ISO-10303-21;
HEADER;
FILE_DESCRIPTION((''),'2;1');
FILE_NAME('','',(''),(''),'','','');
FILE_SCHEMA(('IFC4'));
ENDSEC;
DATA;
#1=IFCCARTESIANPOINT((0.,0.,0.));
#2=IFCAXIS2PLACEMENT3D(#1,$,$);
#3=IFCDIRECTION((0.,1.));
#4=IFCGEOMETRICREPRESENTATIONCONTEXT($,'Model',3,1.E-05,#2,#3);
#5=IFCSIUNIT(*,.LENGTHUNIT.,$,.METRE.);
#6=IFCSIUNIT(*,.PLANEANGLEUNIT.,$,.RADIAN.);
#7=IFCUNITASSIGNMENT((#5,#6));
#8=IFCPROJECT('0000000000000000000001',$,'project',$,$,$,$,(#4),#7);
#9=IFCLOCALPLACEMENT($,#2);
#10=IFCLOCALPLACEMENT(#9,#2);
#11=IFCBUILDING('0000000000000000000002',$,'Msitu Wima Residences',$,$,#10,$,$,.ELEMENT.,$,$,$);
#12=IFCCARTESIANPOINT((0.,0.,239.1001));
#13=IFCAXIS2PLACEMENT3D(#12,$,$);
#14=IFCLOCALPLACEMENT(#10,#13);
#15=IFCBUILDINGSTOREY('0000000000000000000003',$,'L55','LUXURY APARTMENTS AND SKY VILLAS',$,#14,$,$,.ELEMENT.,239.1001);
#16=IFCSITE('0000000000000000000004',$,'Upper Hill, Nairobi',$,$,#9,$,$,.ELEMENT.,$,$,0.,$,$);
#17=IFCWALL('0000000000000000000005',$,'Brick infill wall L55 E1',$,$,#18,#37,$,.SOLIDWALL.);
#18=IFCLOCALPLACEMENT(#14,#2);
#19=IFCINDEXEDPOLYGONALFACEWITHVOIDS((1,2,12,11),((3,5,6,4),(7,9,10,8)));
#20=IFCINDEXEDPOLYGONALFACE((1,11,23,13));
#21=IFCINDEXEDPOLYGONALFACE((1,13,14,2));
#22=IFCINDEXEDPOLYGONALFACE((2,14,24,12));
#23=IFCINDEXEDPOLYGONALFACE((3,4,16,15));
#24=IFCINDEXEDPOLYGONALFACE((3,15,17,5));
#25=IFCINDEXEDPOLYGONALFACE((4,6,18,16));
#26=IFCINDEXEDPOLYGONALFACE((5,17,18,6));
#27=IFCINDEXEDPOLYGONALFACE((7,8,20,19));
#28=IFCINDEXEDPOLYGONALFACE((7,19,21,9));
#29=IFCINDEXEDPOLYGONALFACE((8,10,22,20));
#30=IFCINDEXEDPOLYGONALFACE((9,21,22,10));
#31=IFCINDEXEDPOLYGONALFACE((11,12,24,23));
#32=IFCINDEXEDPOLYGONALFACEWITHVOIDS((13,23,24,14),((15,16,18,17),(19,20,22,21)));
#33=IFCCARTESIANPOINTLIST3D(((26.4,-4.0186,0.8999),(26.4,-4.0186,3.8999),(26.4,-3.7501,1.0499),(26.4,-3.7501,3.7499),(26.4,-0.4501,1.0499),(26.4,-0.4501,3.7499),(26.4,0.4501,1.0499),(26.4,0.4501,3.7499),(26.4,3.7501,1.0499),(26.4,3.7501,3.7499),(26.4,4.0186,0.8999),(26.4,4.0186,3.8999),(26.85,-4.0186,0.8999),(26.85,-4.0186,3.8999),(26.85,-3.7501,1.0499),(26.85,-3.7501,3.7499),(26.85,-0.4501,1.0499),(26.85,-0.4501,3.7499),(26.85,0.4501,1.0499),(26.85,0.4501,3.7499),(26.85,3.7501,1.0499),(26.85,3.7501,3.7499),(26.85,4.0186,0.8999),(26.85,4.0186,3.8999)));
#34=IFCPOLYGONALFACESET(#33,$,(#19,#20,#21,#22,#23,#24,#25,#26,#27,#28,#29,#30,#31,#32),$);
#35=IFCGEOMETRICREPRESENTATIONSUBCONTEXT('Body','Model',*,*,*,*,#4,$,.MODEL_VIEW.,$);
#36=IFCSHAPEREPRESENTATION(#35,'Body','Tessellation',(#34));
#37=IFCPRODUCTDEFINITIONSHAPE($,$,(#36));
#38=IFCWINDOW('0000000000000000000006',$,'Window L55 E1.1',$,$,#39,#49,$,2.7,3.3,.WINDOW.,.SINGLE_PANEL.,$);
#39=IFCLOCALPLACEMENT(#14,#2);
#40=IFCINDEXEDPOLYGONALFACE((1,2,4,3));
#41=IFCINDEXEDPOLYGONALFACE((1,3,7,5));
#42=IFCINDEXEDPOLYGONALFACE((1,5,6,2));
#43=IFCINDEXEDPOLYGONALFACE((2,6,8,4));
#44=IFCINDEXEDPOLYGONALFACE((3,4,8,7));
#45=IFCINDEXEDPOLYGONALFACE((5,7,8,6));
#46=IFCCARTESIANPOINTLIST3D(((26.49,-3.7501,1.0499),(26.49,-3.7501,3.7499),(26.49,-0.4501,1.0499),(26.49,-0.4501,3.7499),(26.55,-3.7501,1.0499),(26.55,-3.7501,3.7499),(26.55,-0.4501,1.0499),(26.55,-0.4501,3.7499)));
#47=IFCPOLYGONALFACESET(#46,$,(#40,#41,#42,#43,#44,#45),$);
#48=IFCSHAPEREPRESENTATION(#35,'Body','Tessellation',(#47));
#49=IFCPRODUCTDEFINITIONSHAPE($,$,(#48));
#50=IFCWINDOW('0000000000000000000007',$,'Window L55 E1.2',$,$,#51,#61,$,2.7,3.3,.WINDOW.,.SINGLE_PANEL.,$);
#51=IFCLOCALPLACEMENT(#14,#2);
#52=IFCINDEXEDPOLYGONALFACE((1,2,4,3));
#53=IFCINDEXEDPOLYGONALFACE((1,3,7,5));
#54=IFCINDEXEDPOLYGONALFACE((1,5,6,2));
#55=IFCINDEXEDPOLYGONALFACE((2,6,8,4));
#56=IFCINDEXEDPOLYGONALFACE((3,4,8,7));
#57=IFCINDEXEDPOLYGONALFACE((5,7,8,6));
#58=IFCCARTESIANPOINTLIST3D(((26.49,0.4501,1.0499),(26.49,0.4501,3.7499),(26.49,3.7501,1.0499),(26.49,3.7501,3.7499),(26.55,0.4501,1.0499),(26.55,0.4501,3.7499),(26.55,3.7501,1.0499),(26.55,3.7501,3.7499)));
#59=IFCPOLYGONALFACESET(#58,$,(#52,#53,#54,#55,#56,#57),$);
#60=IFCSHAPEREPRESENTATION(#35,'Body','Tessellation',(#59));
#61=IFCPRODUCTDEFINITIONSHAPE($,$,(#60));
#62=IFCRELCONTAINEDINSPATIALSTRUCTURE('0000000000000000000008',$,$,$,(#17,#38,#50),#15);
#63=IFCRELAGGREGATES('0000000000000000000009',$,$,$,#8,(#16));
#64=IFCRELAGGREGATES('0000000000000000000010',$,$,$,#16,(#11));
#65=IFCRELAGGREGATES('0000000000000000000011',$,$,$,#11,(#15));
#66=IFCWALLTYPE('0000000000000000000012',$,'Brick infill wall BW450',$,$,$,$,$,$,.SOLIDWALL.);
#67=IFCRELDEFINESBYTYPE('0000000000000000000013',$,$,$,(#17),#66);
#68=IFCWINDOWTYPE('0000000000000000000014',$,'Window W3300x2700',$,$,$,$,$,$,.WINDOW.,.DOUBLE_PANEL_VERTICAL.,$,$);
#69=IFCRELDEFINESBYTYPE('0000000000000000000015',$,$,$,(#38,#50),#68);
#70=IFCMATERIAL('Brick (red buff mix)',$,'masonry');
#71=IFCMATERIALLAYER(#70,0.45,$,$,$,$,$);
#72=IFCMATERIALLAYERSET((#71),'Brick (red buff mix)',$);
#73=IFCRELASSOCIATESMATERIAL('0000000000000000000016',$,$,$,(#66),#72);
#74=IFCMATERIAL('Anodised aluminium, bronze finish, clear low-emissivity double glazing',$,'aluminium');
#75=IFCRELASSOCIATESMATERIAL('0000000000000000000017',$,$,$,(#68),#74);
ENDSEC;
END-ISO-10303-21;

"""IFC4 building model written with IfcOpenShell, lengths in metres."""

from ifc_helpers import new_model, si_unit, direction, frame, frame_2d, origin, place, context, subcontext, project, spatial, rectangle, extrude, material, layer, layer_set, type_object, element, fill, save


model = new_model("IFC4")

# Units and contexts
model_context = context("Model", 3, precision=1e-05, world=origin(), true_north=direction((0.0, 1.0)))
body_context = subcontext(model_context, "Body", "Model", "MODEL_VIEW")
ifc_project = project(units=[si_unit("LENGTHUNIT", "METRE"), si_unit("PLANEANGLEUNIT", "RADIAN")], contexts=[model_context])

# Site, building, storey
site_placement = place(None, origin())
site = spatial("IfcSite", under=ifc_project, at=site_placement, Name="Upper Hill, Nairobi", CompositionType="ELEMENT", RefElevation=0.0)
building_placement = place(site_placement, origin())
building = spatial("IfcBuilding", under=site, at=building_placement, Name="Msitu Wima Residences", CompositionType="ELEMENT")
storey_placement = place(building_placement, frame((0.0, 0.0, 239.1001)))
storey = spatial("IfcBuildingStorey", under=building, at=storey_placement, Name="L55", Description="LUXURY APARTMENTS AND SKY VILLAS", CompositionType="ELEMENT", Elevation=239.1001)

# Shared definitions
ifc_material_1 = material(Name="Brick (red buff mix)", Category="masonry")
ifc_layer_1 = layer(ifc_material_1, 0.45)
ifc_layer_set_1 = layer_set([ifc_layer_1], Name="Brick (red buff mix)")
wall_type_1 = type_object("IfcWallType", Name="Brick infill wall BW450", PredefinedType="SOLIDWALL", material=ifc_layer_set_1)
ifc_material_2 = material(Name="Anodised aluminium, bronze finish, clear low-emissivity double glazing", Category="aluminium")
window_type = type_object("IfcWindowType", Name="Window W3300x2700", PartitioningType="DOUBLE_PANEL_VERTICAL", PredefinedType="WINDOW", material=ifc_material_2)

# Wall, openings, windows
wall_1_placement = place(storey_placement, frame((26.625, -4.0186, 0.8999), z_axis=(0.0, 0.0, 1.0), x_axis=(0.0, 1.0, 0.0)))
wall_1 = element("IfcWall", 1, at=wall_1_placement, inside=storey, type_object=wall_type_1, Name="Brick infill wall L55 E1", PredefinedType="SOLIDWALL", context=body_context, shape_type="SweptSolid", body=[
    extrude(rectangle(XDim=8.0371, YDim=0.45, at=frame_2d((4.0186, 0.0))), origin(), (0.0, 0.0, 1.0), 3.0),
])
opening_1_placement = place(wall_1_placement, frame((0.2686, 0.0, 0.1499)))
opening_1 = element("IfcOpeningElement", 2, at=opening_1_placement, cuts=wall_1, PredefinedType="OPENING", context=body_context, shape_type="SweptSolid", body=[
    extrude(rectangle(XDim=3.3, YDim=2.7, at=frame_2d((1.6499, 1.3501))), frame((0.0, 0.2349, 0.0), z_axis=(0.0, -1.0, 0.0), x_axis=(1.0, 0.0, 0.0)), (0.0, 0.0, 1.0), 0.47),
])
opening_2_placement = place(wall_1_placement, frame((4.4688, 0.0, 0.1499)))
opening_2 = element("IfcOpeningElement", 3, at=opening_2_placement, cuts=wall_1, PredefinedType="OPENING", context=body_context, shape_type="SweptSolid", body=[
    extrude(rectangle(XDim=3.3, YDim=2.7, at=frame_2d((1.6499, 1.3501))), frame((0.0, 0.2349, 0.0), z_axis=(0.0, -1.0, 0.0), x_axis=(1.0, 0.0, 0.0)), (0.0, 0.0, 1.0), 0.47),
])
window_1_placement = place(opening_1_placement, origin())
window_1 = element("IfcWindow", 4, at=window_1_placement, inside=storey, type_object=window_type, Name="Window L55 E1.1", OverallHeight=2.7, OverallWidth=3.3, PartitioningType="SINGLE_PANEL", PredefinedType="WINDOW", context=body_context, shape_type="SweptSolid", body=[
    extrude(rectangle(XDim=3.3, YDim=2.7, at=frame_2d((1.6499, 1.3501))), frame((0.0, 0.135, 0.0), z_axis=(0.0, -1.0, 0.0), x_axis=(1.0, 0.0, 0.0)), (0.0, 0.0, 1.0), 0.0601),
])
fill(opening_1, window_1)
window_2_placement = place(opening_2_placement, origin())
window_2 = element("IfcWindow", 5, at=window_2_placement, inside=storey, type_object=window_type, Name="Window L55 E1.2", OverallHeight=2.7, OverallWidth=3.3, PartitioningType="SINGLE_PANEL", PredefinedType="WINDOW", context=body_context, shape_type="SweptSolid", body=[
    extrude(rectangle(XDim=3.3, YDim=2.7, at=frame_2d((1.6499, 1.3501))), frame((0.0, 0.135, 0.0), z_axis=(0.0, -1.0, 0.0), x_axis=(1.0, 0.0, 0.0)), (0.0, 0.0, 1.0), 0.0601),
])
fill(opening_2, window_2)

save(model, "model.ifc")
